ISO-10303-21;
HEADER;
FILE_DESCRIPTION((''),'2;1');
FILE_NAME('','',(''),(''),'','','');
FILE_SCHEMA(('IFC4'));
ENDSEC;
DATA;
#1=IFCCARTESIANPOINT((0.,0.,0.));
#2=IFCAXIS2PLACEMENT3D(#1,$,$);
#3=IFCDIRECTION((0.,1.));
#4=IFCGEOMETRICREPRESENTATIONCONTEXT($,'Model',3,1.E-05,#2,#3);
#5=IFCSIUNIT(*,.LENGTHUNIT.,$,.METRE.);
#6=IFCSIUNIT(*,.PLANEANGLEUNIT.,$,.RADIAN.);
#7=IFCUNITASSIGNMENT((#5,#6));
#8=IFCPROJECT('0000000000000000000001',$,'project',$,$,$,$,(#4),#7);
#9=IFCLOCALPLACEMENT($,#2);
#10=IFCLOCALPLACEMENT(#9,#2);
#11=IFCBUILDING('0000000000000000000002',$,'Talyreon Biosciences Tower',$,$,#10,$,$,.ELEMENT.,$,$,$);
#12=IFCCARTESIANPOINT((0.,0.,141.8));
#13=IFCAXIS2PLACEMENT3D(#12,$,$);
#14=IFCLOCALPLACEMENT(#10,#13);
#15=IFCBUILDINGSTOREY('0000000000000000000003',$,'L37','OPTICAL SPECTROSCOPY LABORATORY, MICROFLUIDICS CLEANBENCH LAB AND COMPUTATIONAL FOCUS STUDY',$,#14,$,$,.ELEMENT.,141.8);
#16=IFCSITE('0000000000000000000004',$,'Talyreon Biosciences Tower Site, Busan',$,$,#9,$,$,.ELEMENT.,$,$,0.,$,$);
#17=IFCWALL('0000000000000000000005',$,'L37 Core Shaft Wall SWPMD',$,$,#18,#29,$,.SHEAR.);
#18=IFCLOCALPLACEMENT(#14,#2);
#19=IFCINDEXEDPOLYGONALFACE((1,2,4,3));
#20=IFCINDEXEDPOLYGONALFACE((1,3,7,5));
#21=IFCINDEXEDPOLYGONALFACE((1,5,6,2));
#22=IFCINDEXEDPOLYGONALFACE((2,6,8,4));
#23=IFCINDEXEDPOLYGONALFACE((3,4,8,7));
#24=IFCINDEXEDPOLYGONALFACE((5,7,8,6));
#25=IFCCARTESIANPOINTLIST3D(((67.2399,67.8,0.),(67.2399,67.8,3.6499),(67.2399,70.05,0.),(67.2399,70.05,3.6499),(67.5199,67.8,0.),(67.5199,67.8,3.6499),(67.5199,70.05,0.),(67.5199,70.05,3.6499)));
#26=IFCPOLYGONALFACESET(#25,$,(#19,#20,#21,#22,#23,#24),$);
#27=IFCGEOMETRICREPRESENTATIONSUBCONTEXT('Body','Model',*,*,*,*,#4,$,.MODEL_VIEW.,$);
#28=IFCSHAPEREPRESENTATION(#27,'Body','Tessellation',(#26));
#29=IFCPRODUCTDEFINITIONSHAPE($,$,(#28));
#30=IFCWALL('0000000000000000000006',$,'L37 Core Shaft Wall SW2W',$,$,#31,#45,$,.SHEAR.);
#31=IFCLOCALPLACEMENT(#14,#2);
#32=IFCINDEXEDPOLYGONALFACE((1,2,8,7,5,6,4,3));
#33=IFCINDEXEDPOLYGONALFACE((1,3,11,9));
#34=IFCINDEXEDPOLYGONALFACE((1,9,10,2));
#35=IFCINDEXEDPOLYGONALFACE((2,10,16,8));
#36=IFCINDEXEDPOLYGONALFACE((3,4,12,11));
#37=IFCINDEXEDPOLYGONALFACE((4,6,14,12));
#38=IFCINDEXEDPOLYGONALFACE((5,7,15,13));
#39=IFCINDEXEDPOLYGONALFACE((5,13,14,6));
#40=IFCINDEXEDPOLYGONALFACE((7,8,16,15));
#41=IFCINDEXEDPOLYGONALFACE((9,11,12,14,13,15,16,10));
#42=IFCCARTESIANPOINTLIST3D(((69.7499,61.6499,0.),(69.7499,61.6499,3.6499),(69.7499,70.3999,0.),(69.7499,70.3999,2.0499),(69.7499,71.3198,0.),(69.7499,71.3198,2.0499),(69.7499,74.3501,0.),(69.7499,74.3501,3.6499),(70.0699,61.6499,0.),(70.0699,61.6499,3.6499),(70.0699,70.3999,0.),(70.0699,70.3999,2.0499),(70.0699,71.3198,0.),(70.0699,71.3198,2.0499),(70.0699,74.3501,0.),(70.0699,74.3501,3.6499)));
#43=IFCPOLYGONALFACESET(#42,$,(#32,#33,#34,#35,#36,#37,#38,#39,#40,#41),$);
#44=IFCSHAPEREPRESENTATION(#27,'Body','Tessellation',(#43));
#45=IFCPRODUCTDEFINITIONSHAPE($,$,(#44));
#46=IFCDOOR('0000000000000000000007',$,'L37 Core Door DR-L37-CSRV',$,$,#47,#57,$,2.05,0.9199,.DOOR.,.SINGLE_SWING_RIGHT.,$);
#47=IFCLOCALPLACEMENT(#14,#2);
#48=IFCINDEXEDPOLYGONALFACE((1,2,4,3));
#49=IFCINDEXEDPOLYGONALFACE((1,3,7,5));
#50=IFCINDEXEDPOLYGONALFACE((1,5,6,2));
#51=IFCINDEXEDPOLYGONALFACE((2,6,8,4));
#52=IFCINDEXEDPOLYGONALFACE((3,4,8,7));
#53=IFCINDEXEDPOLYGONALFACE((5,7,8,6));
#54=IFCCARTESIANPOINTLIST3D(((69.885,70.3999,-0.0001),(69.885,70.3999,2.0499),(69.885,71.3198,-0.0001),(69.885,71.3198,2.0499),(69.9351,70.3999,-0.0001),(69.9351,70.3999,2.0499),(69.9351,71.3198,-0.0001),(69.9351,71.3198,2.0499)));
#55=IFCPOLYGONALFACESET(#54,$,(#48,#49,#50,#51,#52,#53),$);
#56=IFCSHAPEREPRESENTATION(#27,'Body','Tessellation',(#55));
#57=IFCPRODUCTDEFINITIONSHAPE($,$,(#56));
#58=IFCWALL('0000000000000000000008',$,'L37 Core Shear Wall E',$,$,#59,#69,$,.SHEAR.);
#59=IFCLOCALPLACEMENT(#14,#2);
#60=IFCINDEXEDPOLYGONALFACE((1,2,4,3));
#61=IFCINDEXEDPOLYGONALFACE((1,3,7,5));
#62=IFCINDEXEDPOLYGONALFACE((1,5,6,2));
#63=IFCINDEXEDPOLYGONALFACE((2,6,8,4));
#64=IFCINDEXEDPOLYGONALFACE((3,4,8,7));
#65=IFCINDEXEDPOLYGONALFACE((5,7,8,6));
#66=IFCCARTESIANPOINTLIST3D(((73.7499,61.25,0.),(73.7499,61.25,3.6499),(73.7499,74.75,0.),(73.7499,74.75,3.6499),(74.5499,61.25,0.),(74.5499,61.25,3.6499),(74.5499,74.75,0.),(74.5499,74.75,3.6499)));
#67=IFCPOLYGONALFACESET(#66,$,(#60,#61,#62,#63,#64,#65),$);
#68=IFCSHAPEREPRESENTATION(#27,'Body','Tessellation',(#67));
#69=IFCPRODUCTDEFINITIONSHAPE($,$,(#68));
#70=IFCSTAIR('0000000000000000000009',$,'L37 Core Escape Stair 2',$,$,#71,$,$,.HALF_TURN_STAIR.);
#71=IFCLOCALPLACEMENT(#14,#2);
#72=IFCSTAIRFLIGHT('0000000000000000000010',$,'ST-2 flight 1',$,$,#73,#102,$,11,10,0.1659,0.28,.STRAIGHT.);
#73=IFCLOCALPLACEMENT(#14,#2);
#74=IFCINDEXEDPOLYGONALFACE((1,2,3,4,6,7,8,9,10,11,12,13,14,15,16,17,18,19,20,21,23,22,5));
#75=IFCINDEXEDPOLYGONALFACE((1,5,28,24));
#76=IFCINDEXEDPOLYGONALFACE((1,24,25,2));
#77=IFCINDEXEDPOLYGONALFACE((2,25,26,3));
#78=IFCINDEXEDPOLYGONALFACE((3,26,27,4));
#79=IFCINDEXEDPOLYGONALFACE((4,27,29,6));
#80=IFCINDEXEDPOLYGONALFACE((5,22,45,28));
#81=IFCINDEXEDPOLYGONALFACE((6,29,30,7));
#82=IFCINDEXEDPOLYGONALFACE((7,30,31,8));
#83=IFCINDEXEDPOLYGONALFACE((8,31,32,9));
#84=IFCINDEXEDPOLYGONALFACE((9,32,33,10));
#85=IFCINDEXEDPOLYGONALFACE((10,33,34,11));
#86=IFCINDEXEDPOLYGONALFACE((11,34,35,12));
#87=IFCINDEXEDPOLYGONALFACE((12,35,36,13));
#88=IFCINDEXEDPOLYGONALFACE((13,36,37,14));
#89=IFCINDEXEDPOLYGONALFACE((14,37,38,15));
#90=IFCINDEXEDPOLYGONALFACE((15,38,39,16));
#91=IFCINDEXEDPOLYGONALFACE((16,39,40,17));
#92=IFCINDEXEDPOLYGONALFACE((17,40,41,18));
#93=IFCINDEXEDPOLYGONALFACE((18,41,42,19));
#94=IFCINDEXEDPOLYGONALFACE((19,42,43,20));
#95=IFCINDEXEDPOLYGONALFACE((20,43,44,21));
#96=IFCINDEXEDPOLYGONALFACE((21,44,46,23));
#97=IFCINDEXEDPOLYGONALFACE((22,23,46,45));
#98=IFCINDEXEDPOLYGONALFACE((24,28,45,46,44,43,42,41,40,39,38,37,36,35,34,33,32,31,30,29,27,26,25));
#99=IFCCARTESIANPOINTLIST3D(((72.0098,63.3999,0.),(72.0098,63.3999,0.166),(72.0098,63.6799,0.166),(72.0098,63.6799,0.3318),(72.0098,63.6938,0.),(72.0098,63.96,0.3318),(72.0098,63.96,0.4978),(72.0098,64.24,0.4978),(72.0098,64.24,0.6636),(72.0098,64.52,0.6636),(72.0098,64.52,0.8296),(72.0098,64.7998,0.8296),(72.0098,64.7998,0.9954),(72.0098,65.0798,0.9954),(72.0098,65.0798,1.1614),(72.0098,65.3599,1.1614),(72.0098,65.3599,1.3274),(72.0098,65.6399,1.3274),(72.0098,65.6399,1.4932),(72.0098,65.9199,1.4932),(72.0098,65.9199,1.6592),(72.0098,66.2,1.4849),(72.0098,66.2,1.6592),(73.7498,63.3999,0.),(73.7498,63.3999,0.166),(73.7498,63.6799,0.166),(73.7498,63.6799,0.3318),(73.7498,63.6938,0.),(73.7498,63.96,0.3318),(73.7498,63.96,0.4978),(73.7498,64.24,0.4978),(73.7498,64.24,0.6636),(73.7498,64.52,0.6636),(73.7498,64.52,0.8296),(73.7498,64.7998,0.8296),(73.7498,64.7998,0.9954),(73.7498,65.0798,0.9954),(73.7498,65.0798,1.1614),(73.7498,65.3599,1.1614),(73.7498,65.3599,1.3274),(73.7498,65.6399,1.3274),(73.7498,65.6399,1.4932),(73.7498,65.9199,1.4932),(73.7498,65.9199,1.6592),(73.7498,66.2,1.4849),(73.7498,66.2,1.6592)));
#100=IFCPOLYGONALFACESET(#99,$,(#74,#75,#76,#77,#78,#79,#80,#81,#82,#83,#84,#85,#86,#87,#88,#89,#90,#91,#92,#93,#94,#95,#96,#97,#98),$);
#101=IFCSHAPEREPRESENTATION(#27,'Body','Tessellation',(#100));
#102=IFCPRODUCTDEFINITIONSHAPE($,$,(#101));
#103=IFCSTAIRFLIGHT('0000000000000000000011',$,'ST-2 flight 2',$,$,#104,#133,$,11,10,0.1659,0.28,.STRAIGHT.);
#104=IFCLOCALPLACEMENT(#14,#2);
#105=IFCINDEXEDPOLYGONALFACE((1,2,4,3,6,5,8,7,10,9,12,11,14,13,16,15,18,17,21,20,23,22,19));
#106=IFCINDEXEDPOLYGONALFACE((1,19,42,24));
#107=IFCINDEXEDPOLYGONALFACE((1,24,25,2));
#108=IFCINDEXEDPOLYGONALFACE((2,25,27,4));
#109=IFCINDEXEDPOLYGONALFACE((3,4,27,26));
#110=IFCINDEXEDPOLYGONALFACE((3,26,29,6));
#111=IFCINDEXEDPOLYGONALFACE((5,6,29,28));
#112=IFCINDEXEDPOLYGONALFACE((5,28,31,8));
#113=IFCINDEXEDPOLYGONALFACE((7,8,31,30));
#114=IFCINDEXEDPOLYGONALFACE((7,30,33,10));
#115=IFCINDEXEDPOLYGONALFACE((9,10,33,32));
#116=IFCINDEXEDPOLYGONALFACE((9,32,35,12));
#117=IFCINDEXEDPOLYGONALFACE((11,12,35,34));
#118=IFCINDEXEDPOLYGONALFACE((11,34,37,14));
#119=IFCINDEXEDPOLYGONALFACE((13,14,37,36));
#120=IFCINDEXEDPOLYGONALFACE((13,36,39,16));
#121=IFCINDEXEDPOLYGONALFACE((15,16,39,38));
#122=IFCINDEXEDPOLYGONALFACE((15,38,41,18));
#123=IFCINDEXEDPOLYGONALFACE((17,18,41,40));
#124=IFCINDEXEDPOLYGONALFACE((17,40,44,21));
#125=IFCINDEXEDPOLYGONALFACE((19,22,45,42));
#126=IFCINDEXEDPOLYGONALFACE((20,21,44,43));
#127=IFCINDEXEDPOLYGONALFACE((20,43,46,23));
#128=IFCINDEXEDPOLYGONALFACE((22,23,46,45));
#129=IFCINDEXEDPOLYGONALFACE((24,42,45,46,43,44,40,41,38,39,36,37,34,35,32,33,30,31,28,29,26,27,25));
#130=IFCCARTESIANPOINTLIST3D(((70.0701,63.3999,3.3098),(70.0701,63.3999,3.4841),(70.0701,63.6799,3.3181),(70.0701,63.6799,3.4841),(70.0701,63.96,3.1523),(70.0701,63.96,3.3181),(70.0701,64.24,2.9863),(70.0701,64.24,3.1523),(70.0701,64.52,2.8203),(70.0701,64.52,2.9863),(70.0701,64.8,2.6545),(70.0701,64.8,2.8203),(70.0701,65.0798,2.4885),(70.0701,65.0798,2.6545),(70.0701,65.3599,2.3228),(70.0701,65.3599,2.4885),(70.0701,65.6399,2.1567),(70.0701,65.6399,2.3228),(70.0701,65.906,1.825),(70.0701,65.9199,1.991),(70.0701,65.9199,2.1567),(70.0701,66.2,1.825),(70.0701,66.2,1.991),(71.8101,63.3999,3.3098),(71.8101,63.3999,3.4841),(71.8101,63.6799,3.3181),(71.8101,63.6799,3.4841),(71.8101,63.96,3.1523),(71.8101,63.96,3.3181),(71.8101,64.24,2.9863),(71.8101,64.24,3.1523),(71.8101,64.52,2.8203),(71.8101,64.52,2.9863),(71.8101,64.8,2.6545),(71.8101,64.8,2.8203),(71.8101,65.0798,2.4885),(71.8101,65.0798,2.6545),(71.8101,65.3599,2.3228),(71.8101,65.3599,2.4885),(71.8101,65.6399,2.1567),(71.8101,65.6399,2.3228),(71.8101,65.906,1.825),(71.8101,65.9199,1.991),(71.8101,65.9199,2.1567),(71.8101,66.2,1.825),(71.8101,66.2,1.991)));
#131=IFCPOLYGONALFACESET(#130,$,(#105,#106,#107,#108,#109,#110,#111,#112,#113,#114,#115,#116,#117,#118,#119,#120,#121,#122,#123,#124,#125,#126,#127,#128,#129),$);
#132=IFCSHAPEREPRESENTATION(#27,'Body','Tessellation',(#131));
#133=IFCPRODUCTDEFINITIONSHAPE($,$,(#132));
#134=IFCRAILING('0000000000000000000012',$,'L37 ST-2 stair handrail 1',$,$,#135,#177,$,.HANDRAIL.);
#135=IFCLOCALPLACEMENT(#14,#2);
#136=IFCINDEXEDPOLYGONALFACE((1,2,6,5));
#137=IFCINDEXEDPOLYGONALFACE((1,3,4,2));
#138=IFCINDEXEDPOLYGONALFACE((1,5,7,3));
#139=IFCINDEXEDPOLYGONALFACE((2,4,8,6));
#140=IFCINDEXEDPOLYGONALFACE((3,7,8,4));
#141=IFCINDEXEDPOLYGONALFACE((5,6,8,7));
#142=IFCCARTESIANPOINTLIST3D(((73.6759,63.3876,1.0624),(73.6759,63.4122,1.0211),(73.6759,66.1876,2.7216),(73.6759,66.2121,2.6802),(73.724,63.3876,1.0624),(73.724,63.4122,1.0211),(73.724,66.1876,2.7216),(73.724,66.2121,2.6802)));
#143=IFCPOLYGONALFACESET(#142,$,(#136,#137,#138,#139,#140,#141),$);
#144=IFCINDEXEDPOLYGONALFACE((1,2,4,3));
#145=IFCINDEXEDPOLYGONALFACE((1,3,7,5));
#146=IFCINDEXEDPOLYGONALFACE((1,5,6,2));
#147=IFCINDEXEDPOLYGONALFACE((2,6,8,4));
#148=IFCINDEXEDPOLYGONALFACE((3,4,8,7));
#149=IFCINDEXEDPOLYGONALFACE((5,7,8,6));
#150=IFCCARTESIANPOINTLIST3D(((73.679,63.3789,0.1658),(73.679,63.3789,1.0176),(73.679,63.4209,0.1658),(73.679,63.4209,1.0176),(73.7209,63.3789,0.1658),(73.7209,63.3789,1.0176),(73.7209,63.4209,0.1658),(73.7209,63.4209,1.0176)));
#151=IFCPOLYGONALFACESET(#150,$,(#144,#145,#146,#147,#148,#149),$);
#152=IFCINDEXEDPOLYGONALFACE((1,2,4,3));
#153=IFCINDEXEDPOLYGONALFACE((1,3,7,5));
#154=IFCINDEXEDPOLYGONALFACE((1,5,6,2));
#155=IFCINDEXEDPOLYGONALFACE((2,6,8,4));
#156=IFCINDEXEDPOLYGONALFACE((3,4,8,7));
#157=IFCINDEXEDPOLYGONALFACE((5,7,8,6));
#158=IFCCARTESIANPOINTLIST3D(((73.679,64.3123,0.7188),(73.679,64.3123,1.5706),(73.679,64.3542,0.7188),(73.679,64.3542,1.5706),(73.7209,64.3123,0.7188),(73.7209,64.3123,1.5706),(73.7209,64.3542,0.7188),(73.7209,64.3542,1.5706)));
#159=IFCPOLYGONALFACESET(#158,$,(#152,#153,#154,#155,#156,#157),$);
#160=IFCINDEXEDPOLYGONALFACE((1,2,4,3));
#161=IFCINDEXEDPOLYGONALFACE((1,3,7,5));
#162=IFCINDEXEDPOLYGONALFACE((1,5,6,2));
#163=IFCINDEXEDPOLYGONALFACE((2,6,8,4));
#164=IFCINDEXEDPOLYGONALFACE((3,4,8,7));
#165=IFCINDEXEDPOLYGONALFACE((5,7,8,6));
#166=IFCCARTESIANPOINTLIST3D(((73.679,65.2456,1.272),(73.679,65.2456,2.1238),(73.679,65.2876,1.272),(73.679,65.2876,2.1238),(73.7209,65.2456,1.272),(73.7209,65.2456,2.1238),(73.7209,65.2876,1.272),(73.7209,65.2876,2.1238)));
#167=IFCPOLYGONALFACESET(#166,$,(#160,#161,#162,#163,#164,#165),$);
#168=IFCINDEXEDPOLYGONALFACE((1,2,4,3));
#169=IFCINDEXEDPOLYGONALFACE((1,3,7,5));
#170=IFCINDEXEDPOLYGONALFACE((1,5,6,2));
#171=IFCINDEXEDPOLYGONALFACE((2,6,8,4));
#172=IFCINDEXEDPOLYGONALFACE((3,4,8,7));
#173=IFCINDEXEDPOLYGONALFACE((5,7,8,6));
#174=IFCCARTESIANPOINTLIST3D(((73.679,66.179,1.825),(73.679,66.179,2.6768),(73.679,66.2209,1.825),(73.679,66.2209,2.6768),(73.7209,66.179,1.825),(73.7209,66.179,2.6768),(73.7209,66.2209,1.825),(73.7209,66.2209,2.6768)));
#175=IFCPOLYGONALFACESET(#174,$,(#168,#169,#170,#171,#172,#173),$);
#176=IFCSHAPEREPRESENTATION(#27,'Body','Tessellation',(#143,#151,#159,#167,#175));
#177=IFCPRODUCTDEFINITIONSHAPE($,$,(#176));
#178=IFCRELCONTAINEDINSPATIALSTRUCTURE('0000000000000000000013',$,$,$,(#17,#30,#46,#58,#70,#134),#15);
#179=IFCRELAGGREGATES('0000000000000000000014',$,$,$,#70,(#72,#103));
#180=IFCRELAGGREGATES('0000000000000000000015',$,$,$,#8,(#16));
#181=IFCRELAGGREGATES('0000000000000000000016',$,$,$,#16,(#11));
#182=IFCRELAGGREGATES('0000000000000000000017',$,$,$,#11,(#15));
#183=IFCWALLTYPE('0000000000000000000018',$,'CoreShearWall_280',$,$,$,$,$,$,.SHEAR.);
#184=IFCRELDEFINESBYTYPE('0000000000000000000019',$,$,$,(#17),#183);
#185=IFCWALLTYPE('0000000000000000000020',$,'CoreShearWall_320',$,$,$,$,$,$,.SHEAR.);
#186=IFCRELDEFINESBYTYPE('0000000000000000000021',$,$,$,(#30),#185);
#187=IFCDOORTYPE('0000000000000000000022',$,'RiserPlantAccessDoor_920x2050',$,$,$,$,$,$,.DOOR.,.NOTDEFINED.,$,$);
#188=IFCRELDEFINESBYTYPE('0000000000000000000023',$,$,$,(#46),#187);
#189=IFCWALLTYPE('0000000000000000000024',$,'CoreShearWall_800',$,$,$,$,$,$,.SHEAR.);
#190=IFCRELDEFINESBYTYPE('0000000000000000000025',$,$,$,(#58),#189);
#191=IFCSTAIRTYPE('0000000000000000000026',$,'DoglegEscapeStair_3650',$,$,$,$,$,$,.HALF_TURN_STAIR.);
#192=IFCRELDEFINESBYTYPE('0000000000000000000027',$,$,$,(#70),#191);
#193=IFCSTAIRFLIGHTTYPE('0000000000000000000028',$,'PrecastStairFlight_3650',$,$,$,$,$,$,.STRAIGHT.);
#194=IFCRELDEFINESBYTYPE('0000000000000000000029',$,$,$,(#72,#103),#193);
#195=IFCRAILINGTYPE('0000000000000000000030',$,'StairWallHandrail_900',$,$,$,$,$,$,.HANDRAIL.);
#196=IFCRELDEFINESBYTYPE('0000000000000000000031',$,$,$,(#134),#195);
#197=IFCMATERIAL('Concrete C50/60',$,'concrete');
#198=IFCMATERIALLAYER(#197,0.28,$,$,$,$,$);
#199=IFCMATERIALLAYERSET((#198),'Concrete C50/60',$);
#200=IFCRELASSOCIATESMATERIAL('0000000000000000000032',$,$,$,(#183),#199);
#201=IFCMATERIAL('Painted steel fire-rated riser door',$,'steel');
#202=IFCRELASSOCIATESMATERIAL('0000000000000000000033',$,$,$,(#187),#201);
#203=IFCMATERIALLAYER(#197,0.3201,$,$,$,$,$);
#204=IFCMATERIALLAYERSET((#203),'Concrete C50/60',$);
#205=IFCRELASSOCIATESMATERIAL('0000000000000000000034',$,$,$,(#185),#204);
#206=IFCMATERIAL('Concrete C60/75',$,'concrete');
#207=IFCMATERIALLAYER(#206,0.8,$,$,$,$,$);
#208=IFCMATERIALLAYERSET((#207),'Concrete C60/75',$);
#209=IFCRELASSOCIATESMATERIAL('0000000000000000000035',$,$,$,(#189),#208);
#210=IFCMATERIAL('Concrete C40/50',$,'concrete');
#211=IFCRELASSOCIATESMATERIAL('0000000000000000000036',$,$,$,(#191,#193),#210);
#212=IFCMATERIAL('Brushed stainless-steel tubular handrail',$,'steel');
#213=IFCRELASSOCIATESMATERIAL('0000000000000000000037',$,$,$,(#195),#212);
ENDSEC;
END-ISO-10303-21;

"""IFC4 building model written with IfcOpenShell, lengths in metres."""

from ifc_helpers import new_model, si_unit, direction, frame, frame_2d, origin, origin_2d, place, context, subcontext, project, spatial, polyline, rectangle, outline, extrude, material, layer, layer_set, type_object, element, fill, aggregate, save


model = new_model("IFC4")

# Units and contexts
model_context = context("Model", 3, precision=1e-05, world=origin(), true_north=direction((0.0, 1.0)))
body_context = subcontext(model_context, "Body", "Model", "MODEL_VIEW")
ifc_project = project(units=[si_unit("LENGTHUNIT", "METRE"), si_unit("PLANEANGLEUNIT", "RADIAN")], contexts=[model_context])

# Site, building, storey
site_placement = place(None, origin())
site = spatial("IfcSite", under=ifc_project, at=site_placement, Name="Talyreon Biosciences Tower Site, Busan", CompositionType="ELEMENT", RefElevation=0.0)
building_placement = place(site_placement, origin())
building = spatial("IfcBuilding", under=site, at=building_placement, Name="Talyreon Biosciences Tower", CompositionType="ELEMENT")
storey_placement = place(building_placement, frame((0.0, 0.0, 141.8)))
storey = spatial("IfcBuildingStorey", under=building, at=storey_placement, Name="L37", Description="OPTICAL SPECTROSCOPY LABORATORY, MICROFLUIDICS CLEANBENCH LAB AND COMPUTATIONAL FOCUS STUDY", CompositionType="ELEMENT", Elevation=141.8)

# Shared definitions
ifc_material_1 = material(Name="Concrete C50/60", Category="concrete")

# Shared definitions
ifc_layer_1 = layer(ifc_material_1, 0.28)
ifc_layer_set_1 = layer_set([ifc_layer_1], Name="Concrete C50/60")
wall_type_1 = type_object("IfcWallType", Name="CoreShearWall_280", PredefinedType="SHEAR", material=ifc_layer_set_1)

# Shared definitions
ifc_material_2 = material(Name="Painted steel fire-rated riser door", Category="steel")
door_type = type_object("IfcDoorType", Name="RiserPlantAccessDoor_920x2050", OperationType="NOTDEFINED", PredefinedType="DOOR", material=ifc_material_2)

# Wall
wall_1_placement = place(storey_placement, frame((67.3799, 67.8, 0.0), z_axis=(0.0, 0.0, 1.0), x_axis=(0.0, 1.0, 0.0)))
element("IfcWall", 1, at=wall_1_placement, inside=storey, type_object=wall_type_1, Name="L37 Core Shaft Wall SWPMD", PredefinedType="SHEAR", context=body_context, shape_type="SweptSolid", body=[
    extrude(rectangle(XDim=2.25, YDim=0.28, at=frame_2d((1.125, 0.0))), origin(), (0.0, 0.0, 1.0), 3.6499),
])

# Wall, opening, door
ifc_layer_2 = layer(ifc_material_1, 0.3201)
ifc_layer_set_2 = layer_set([ifc_layer_2], Name="Concrete C50/60")
wall_type_2 = type_object("IfcWallType", Name="CoreShearWall_320", PredefinedType="SHEAR", material=ifc_layer_set_2)
wall_2_placement = place(storey_placement, frame((69.9099, 61.6499, 0.0), z_axis=(0.0, 0.0, 1.0), x_axis=(0.0, 1.0, 0.0)))
wall_2 = element("IfcWall", 2, at=wall_2_placement, inside=storey, type_object=wall_type_2, Name="L37 Core Shaft Wall SW2W", PredefinedType="SHEAR", context=body_context, shape_type="SweptSolid", body=[
    extrude(rectangle(XDim=12.7002, YDim=0.3201, at=frame_2d((6.3501, 0.0))), origin(), (0.0, 0.0, 1.0), 3.6499),
])
opening_1_placement = place(wall_2_placement, frame((8.75, 0.0, 0.0)))
opening_1 = element("IfcOpeningElement", 3, at=opening_1_placement, cuts=wall_2, PredefinedType="OPENING", context=body_context, shape_type="SweptSolid", body=[
    extrude(rectangle(XDim=0.9199, YDim=2.05, at=frame_2d((0.46, 1.0249))), frame((0.0, 0.1699, 0.0), z_axis=(0.0, -1.0, 0.0), x_axis=(1.0, 0.0, 0.0)), (0.0, 0.0, 1.0), 0.3401),
])
door_1_placement = place(opening_1_placement, origin())
door_1 = element("IfcDoor", 4, at=door_1_placement, inside=storey, type_object=door_type, Name="L37 Core Door DR-L37-CSRV", OperationType="SINGLE_SWING_RIGHT", OverallHeight=2.05, OverallWidth=0.9199, PredefinedType="DOOR", context=body_context, shape_type="SweptSolid", body=[
    extrude(rectangle(XDim=0.9199, YDim=2.05, at=frame_2d((0.46, 1.0249))), frame((0.0, 0.0249, 0.0), z_axis=(0.0, -1.0, 0.0), x_axis=(1.0, 0.0, 0.0)), (0.0, 0.0, 1.0), 0.05),
])
fill(opening_1, door_1)

# Wall
ifc_material_3 = material(Name="Concrete C60/75", Category="concrete")
ifc_layer_3 = layer(ifc_material_3, 0.8)
ifc_layer_set_3 = layer_set([ifc_layer_3], Name="Concrete C60/75")
wall_type_3 = type_object("IfcWallType", Name="CoreShearWall_800", PredefinedType="SHEAR", material=ifc_layer_set_3)
wall_3_placement = place(storey_placement, frame((74.1499, 61.25, 0.0), z_axis=(0.0, 0.0, 1.0), x_axis=(0.0, 1.0, 0.0)))
element("IfcWall", 5, at=wall_3_placement, inside=storey, type_object=wall_type_3, Name="L37 Core Shear Wall E", PredefinedType="SHEAR", context=body_context, shape_type="SweptSolid", body=[
    extrude(rectangle(XDim=13.5, YDim=0.8, at=frame_2d((6.75, 0.0))), origin(), (0.0, 0.0, 1.0), 3.6499),
])

# Stair, stair flights
ifc_material_4 = material(Name="Concrete C40/50", Category="concrete")
stair_type = type_object("IfcStairType", Name="DoglegEscapeStair_3650", PredefinedType="HALF_TURN_STAIR", material=ifc_material_4)
stair_placement = place(storey_placement, origin())
stair = element("IfcStair", 6, at=stair_placement, inside=storey, type_object=stair_type, Name="L37 Core Escape Stair 2", PredefinedType="HALF_TURN_STAIR")
stair_flight_type = type_object("IfcStairFlightType", Name="PrecastStairFlight_3650", PredefinedType="STRAIGHT", material=ifc_material_4)
stair_flight_1_placement = place(storey_placement, frame((72.8799, 63.3999, 0.0), z_axis=(0.0, 0.0, 1.0), x_axis=(0.0, 1.0, 0.0)))
stair_flight_1 = element("IfcStairFlight", 7, at=stair_flight_1_placement, type_object=stair_flight_type, Name="ST-2 flight 1", NumberOfRisers=11, NumberOfTreads=10, PredefinedType="STRAIGHT", RiserHeight=0.1659, TreadLength=0.28, context=body_context, shape_type="SweptSolid", body=[
    extrude(outline(polyline([(0.0, 0.0), (0.0, 0.166), (0.28, 0.166), (0.28, 0.3318), (0.5601, 0.3318), (0.5601, 0.4978), (0.8401, 0.4978), (0.8401, 0.6636), (1.1201, 0.6636), (1.1201, 0.8296), (1.3999, 0.8296), (1.3999, 0.9954), (1.6799, 0.9954), (1.6799, 1.1614), (1.96, 1.1614), (1.96, 1.3274), (2.24, 1.3274), (2.24, 1.4932), (2.52, 1.4932), (2.52, 1.6592), (2.8, 1.6592), (2.8, 1.825), (2.8, 1.4849), (0.2939, 0.0), (0.0, 0.0)])), frame((0.0, 0.8701, 0.0), z_axis=(0.0, -1.0, 0.0), x_axis=(1.0, 0.0, 0.0)), (0.0, 0.0, 1.0), 1.74),
])
stair_flight_2_placement = place(storey_placement, frame((70.9399, 66.2, 1.825), z_axis=(0.0, 0.0, 1.0), x_axis=(0.0, -1.0, 0.0)))
stair_flight_2 = element("IfcStairFlight", 8, at=stair_flight_2_placement, type_object=stair_flight_type, Name="ST-2 flight 2", NumberOfRisers=11, NumberOfTreads=10, PredefinedType="STRAIGHT", RiserHeight=0.1659, TreadLength=0.28, context=body_context, shape_type="SweptSolid", body=[
    extrude(outline(polyline([(0.0, 0.0), (0.0, 0.166), (0.28, 0.166), (0.28, 0.3318), (0.5601, 0.3318), (0.5601, 0.4978), (0.8401, 0.4978), (0.8401, 0.6636), (1.1201, 0.6636), (1.1201, 0.8296), (1.3999, 0.8296), (1.3999, 0.9954), (1.6799, 0.9954), (1.6799, 1.1614), (1.96, 1.1614), (1.96, 1.3274), (2.24, 1.3274), (2.24, 1.4932), (2.52, 1.4932), (2.52, 1.6592), (2.8, 1.6592), (2.8, 1.825), (2.8, 1.4849), (0.2939, 0.0), (0.0, 0.0)])), frame((0.0, 0.8701, 0.0), z_axis=(0.0, -1.0, 0.0), x_axis=(1.0, 0.0, 0.0)), (0.0, 0.0, 1.0), 1.74),
])
aggregate(stair, [stair_flight_1, stair_flight_2])

# Railing
ifc_material_5 = material(Name="Brushed stainless-steel tubular handrail", Category="steel")
railing_type_1 = type_object("IfcRailingType", Name="StairWallHandrail_900", PredefinedType="HANDRAIL", material=ifc_material_5)
railing_1_placement = place(storey_placement, frame((73.7, 63.3999, 0.1658)))
element("IfcRailing", 9, at=railing_1_placement, inside=storey, type_object=railing_type_1, Name="L37 ST-2 stair handrail 1", PredefinedType="HANDRAIL", context=body_context, shape_type="SweptSolid", body=[
    extrude(rectangle(XDim=0.0481, YDim=0.0481, at=origin_2d()), frame((0.0, 0.0, 0.876), z_axis=(0.0, 0.860306, 0.509778), x_axis=(-1.0, 0.0, 0.0)), (0.0, 0.0, 1.0), 3.2546),
    extrude(rectangle(XDim=0.042, YDim=0.042, at=origin_2d()), origin(), (0.0, 0.0, 1.0), 0.8518),
    extrude(rectangle(XDim=0.042, YDim=0.042, at=origin_2d()), frame((0.0, 0.9333, 0.553)), (0.0, 0.0, 1.0), 0.8518),
    extrude(rectangle(XDim=0.042, YDim=0.042, at=origin_2d()), frame((0.0, 1.8667, 1.1062)), (0.0, 0.0, 1.0), 0.8518),
    extrude(rectangle(XDim=0.042, YDim=0.042, at=origin_2d()), frame((0.0, 2.8, 1.6592)), (0.0, 0.0, 1.0), 0.8518),
])

save(model, "model.ifc")
